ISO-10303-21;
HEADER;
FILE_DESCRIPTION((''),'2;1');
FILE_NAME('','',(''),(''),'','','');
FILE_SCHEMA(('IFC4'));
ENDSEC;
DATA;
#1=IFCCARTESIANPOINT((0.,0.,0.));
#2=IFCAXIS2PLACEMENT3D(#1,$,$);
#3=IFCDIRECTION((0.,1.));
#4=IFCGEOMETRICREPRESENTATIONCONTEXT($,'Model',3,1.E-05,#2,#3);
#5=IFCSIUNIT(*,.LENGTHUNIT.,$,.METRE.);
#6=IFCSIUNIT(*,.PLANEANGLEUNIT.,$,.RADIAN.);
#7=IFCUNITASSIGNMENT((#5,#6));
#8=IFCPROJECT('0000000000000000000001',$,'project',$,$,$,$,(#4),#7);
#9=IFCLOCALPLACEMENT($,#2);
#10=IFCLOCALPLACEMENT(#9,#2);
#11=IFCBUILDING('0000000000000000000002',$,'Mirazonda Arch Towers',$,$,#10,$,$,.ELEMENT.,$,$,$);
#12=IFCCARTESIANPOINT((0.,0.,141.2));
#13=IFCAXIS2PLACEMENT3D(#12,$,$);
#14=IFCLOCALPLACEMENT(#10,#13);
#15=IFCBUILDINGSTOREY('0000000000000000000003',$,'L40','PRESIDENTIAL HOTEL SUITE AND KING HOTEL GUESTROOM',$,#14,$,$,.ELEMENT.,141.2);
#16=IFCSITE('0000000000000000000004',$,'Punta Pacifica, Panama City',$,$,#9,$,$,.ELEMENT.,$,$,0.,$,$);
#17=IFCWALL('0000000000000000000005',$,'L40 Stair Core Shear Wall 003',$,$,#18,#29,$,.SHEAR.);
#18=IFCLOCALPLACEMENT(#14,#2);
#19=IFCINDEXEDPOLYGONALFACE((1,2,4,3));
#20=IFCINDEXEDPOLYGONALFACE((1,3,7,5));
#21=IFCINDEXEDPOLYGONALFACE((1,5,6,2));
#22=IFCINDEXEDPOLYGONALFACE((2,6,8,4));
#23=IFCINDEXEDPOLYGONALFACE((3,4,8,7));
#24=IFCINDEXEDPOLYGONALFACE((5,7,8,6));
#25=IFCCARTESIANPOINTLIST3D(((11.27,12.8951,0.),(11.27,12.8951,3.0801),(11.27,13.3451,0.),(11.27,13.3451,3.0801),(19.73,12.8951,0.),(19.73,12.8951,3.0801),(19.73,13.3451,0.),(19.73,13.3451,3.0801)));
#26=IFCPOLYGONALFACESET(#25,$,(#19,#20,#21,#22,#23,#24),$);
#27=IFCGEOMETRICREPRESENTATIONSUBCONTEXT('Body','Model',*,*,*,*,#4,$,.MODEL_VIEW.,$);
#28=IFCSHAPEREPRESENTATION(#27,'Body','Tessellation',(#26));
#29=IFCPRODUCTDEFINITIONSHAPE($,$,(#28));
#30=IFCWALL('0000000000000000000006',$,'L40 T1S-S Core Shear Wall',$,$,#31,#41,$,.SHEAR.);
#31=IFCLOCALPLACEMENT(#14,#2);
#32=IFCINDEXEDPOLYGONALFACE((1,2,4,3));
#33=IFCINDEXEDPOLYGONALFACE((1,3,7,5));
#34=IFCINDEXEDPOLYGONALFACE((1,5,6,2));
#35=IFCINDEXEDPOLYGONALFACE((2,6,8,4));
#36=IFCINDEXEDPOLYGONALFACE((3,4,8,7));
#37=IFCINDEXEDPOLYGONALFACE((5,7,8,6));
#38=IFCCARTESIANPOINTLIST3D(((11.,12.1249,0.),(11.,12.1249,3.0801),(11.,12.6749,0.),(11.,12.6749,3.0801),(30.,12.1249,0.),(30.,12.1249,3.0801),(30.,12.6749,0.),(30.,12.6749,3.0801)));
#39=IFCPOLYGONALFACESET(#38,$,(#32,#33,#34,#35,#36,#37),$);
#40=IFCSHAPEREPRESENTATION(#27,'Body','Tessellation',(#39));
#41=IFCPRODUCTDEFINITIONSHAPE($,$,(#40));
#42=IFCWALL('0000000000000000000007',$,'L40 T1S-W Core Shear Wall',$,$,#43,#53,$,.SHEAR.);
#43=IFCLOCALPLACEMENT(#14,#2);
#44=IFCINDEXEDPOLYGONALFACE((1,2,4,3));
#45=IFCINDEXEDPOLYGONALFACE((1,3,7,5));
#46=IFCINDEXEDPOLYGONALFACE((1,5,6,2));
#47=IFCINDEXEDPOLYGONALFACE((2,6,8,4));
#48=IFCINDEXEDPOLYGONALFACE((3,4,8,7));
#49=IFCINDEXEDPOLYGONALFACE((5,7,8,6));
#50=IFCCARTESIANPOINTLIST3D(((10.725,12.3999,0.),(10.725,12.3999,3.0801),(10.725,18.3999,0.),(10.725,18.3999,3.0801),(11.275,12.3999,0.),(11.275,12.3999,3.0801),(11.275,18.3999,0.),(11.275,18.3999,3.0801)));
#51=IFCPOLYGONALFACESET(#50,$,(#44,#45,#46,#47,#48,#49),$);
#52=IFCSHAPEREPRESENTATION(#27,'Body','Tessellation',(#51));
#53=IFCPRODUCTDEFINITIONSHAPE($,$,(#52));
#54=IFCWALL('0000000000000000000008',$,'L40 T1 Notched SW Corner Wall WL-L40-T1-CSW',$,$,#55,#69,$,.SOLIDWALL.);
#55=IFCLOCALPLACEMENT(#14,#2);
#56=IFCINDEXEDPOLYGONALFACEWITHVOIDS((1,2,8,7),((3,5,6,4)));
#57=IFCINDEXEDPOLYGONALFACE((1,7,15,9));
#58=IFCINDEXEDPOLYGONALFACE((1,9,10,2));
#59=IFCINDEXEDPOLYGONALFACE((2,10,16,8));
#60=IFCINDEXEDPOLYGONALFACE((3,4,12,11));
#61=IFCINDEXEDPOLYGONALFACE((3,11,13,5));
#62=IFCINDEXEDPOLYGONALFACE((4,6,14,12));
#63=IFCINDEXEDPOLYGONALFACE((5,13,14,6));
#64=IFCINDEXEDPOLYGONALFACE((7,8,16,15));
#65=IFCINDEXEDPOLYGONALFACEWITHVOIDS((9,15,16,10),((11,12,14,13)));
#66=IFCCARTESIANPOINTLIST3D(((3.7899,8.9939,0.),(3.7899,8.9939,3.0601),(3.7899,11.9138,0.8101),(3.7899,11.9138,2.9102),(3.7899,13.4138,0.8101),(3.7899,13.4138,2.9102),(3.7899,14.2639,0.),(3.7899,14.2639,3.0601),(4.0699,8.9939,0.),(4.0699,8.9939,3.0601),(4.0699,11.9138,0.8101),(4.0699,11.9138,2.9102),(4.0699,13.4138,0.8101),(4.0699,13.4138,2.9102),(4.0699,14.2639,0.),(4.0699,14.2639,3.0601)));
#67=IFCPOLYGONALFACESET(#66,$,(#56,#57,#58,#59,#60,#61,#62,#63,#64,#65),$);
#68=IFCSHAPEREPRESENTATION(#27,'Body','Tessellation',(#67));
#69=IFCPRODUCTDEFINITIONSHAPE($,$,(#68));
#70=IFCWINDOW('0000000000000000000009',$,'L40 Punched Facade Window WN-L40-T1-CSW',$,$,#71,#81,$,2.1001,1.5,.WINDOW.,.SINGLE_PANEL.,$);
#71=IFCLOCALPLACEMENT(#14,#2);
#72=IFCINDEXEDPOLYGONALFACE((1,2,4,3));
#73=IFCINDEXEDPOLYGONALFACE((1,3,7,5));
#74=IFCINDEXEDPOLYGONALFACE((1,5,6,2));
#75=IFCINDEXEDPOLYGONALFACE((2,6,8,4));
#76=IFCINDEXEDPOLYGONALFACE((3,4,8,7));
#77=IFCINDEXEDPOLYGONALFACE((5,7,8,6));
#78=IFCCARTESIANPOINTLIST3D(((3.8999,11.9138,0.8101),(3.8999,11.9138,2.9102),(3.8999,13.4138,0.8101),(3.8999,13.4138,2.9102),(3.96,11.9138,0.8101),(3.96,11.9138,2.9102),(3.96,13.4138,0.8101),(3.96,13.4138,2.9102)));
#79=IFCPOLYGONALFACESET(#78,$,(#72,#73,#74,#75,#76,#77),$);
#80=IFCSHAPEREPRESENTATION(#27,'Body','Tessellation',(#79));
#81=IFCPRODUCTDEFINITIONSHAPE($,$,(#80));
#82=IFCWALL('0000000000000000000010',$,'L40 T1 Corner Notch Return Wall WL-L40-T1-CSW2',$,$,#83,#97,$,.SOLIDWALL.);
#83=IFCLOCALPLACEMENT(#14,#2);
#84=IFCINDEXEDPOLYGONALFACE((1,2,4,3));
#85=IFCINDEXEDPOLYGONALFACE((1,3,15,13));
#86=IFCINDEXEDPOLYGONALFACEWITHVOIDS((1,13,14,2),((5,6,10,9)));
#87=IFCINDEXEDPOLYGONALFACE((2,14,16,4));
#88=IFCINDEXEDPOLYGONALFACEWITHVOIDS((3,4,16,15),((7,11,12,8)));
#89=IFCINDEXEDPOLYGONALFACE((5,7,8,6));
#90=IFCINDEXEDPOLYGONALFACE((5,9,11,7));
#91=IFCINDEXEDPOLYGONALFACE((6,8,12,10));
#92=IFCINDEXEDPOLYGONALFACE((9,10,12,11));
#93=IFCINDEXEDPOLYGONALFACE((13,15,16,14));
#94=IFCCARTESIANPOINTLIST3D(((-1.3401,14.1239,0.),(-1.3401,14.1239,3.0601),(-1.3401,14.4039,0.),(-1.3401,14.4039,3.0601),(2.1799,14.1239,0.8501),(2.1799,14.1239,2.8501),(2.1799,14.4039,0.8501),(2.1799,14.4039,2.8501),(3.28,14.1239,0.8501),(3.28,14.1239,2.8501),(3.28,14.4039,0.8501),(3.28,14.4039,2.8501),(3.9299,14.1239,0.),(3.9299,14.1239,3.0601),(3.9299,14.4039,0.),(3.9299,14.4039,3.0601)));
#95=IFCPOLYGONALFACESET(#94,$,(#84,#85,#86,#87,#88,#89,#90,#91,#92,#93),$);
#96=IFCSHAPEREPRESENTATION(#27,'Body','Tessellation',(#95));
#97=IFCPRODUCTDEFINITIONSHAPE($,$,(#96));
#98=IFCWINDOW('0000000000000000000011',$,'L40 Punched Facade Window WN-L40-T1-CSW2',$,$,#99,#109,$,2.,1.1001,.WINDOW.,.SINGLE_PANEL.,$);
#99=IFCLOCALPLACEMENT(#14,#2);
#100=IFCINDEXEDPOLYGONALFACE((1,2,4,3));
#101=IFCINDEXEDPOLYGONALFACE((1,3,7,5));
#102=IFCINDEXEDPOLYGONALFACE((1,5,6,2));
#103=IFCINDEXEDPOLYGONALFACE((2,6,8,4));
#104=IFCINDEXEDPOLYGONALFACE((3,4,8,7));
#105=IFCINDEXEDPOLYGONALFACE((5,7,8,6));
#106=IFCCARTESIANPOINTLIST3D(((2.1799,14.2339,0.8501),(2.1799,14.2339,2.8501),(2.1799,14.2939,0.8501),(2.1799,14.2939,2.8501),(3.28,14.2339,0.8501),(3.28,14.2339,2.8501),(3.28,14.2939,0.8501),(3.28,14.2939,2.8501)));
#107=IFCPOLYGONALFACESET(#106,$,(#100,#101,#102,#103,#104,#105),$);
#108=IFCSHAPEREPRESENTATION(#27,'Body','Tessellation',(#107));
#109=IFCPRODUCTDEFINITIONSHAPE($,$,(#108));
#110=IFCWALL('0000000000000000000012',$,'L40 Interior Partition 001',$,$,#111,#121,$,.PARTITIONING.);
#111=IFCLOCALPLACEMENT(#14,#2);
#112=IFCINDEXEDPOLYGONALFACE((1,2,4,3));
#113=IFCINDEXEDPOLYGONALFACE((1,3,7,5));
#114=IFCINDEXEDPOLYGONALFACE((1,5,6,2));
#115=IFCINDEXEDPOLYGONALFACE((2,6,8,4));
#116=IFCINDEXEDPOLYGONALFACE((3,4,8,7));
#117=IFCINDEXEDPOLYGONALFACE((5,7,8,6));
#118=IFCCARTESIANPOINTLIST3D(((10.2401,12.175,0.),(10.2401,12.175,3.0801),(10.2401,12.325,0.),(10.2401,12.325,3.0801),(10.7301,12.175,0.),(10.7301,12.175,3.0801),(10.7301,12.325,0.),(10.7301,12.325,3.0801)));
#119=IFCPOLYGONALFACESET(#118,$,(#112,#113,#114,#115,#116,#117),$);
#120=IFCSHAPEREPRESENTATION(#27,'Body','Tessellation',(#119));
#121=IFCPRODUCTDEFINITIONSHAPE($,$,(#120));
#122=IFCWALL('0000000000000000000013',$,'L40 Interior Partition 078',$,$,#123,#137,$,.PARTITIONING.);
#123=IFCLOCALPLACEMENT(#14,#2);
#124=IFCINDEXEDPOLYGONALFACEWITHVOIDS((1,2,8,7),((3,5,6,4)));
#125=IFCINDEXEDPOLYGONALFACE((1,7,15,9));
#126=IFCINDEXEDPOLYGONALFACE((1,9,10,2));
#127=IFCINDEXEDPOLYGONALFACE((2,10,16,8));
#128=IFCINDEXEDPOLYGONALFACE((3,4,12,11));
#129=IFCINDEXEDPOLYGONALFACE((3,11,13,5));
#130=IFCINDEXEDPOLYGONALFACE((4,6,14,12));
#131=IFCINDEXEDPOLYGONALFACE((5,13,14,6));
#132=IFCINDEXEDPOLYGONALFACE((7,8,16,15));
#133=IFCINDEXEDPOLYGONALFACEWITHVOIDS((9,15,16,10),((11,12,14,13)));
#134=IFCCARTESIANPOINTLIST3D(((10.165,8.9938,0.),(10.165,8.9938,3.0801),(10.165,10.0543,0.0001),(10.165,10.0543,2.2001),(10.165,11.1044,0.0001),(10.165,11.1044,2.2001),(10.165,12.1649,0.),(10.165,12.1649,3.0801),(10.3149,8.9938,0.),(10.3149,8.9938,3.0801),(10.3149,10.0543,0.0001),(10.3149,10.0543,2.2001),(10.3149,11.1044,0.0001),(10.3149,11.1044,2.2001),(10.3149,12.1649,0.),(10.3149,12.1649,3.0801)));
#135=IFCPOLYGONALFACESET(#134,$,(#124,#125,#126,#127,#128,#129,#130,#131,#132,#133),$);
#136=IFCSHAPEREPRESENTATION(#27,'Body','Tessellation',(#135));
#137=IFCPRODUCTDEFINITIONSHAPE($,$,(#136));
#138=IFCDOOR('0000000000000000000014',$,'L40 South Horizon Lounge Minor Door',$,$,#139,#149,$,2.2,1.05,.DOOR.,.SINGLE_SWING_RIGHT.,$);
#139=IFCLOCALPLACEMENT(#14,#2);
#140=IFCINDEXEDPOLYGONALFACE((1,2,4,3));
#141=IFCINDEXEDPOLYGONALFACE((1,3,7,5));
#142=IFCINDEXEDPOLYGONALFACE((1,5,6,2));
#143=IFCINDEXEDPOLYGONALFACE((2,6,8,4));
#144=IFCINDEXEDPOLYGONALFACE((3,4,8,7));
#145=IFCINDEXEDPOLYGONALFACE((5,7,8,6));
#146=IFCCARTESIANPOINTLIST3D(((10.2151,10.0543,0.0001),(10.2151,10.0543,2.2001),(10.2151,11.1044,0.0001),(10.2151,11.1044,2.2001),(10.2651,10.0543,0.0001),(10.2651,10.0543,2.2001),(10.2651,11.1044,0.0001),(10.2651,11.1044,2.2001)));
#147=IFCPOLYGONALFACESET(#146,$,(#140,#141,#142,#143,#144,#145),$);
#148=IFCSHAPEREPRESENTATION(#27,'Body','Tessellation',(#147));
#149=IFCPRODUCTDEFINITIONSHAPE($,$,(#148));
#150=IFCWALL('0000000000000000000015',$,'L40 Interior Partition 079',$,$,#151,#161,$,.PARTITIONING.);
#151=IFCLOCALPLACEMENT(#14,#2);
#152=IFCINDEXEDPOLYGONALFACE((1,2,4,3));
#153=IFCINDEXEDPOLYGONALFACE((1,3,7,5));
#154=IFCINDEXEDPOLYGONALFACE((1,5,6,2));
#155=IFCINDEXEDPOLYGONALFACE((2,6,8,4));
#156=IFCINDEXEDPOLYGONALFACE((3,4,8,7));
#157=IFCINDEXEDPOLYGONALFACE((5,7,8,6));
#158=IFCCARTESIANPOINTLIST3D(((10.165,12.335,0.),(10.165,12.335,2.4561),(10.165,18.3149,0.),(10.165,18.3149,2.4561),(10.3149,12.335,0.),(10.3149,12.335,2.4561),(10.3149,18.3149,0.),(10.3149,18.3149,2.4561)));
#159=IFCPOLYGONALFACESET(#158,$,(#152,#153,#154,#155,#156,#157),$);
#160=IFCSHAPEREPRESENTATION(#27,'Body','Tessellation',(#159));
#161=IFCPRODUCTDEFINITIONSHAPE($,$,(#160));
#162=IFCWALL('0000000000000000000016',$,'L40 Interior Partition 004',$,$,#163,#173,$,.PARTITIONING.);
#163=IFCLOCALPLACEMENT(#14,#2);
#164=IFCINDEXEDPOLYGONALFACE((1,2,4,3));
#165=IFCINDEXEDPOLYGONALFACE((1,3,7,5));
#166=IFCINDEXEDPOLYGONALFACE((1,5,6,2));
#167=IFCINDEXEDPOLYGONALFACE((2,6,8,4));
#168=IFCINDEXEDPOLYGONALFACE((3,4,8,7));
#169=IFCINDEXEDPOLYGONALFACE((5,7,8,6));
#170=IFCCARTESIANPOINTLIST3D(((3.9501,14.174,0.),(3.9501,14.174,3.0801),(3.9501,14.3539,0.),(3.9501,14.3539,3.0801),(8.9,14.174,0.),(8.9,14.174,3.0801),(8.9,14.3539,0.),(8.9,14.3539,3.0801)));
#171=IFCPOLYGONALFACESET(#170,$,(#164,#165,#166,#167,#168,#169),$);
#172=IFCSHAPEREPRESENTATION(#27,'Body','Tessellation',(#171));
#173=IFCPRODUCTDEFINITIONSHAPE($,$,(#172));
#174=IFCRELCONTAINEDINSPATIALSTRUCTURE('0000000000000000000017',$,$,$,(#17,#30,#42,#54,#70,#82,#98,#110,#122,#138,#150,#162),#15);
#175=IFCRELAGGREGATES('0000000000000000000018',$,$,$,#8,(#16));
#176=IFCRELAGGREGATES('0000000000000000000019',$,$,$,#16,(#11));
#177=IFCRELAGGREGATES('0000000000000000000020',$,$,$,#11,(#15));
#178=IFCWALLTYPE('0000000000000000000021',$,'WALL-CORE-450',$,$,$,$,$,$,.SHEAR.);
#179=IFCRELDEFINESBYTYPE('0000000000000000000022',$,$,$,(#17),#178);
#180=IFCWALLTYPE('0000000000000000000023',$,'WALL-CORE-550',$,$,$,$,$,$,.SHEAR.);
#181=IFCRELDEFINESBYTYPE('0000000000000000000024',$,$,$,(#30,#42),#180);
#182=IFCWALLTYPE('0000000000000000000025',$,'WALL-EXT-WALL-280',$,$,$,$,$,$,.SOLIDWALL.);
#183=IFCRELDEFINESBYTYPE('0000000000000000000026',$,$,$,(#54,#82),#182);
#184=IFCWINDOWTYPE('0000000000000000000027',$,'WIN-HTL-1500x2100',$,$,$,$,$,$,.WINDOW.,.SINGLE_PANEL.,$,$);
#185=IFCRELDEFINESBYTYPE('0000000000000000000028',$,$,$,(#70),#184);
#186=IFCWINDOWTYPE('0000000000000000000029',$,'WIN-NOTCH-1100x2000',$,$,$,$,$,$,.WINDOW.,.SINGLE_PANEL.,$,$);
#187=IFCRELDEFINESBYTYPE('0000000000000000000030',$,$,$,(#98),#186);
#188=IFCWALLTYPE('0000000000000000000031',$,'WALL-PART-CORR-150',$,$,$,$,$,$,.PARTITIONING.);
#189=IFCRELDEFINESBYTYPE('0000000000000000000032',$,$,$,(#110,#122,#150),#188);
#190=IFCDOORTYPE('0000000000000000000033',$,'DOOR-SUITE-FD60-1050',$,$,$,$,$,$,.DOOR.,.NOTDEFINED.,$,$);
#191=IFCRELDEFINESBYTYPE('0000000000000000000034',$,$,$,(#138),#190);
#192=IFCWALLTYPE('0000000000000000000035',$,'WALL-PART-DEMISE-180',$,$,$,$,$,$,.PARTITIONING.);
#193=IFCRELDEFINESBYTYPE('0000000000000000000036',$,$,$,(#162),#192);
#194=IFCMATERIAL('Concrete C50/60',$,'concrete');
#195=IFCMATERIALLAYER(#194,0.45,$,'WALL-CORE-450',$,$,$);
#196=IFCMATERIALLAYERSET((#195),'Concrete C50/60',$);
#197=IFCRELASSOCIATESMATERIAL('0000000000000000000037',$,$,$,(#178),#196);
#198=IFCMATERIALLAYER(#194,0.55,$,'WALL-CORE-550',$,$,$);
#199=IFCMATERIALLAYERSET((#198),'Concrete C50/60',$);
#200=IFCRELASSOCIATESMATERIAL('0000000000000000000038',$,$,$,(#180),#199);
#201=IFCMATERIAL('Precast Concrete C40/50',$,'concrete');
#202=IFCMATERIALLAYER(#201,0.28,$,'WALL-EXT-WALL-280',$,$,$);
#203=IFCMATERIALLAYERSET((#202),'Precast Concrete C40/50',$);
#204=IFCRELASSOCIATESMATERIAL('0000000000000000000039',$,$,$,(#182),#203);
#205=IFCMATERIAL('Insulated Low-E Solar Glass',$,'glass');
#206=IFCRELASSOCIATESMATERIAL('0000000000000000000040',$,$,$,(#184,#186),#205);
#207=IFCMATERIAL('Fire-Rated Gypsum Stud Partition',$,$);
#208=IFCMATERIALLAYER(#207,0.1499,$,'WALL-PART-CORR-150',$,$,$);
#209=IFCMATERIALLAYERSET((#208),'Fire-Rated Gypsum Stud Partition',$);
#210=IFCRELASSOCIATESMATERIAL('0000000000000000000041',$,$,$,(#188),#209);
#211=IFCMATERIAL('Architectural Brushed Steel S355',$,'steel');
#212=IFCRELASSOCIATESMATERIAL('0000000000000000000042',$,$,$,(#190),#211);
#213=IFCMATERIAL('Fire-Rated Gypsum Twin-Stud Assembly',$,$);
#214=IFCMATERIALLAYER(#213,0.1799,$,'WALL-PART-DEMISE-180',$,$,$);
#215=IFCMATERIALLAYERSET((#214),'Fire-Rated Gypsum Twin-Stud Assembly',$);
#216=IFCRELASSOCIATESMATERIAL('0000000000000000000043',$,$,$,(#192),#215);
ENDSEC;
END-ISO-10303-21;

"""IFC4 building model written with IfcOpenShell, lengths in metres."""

from ifc_helpers import new_model, si_unit, direction, frame, frame_2d, origin, place, context, subcontext, project, spatial, rectangle, extrude, material, layer, layer_set, type_object, element, fill, save


model = new_model("IFC4")

# Units and contexts
model_context = context("Model", 3, precision=1e-05, world=origin(), true_north=direction((0.0, 1.0)))
body_context = subcontext(model_context, "Body", "Model", "MODEL_VIEW")
ifc_project = project(units=[si_unit("LENGTHUNIT", "METRE"), si_unit("PLANEANGLEUNIT", "RADIAN")], contexts=[model_context])

# Site, building, storey
site_placement = place(None, origin())
site = spatial("IfcSite", under=ifc_project, at=site_placement, Name="Punta Pacifica, Panama City", CompositionType="ELEMENT", RefElevation=0.0)
building_placement = place(site_placement, origin())
building = spatial("IfcBuilding", under=site, at=building_placement, Name="Mirazonda Arch Towers", CompositionType="ELEMENT")
storey_placement = place(building_placement, frame((0.0, 0.0, 141.2)))
storey = spatial("IfcBuildingStorey", under=building, at=storey_placement, Name="L40", Description="PRESIDENTIAL HOTEL SUITE AND KING HOTEL GUESTROOM", CompositionType="ELEMENT", Elevation=141.2)

# Shared definitions
ifc_material_1 = material(Name="Concrete C50/60", Category="concrete")

# Shared definitions
ifc_material_2 = material(Name="Insulated Low-E Solar Glass", Category="glass")

# Walls
ifc_layer_1 = layer(ifc_material_1, 0.45, Name="WALL-CORE-450")
ifc_layer_set_1 = layer_set([ifc_layer_1], Name="Concrete C50/60")
wall_type_1 = type_object("IfcWallType", Name="WALL-CORE-450", PredefinedType="SHEAR", material=ifc_layer_set_1)
wall_1_placement = place(storey_placement, frame((11.27, 13.1201, 0.0), z_axis=(0.0, 0.0, 1.0), x_axis=(1.0, 0.0, 0.0)))
element("IfcWall", 1, at=wall_1_placement, inside=storey, type_object=wall_type_1, Name="L40 Stair Core Shear Wall 003", PredefinedType="SHEAR", context=body_context, shape_type="SweptSolid", body=[
    extrude(rectangle(XDim=8.46, YDim=0.45, at=frame_2d((4.23, 0.0))), origin(), (0.0, 0.0, 1.0), 3.0801),
])
ifc_layer_2 = layer(ifc_material_1, 0.55, Name="WALL-CORE-550")
ifc_layer_set_2 = layer_set([ifc_layer_2], Name="Concrete C50/60")
wall_type_2 = type_object("IfcWallType", Name="WALL-CORE-550", PredefinedType="SHEAR", material=ifc_layer_set_2)
wall_2_placement = place(storey_placement, frame((11.0, 12.3999, 0.0), z_axis=(0.0, 0.0, 1.0), x_axis=(1.0, 0.0, 0.0)))
element("IfcWall", 2, at=wall_2_placement, inside=storey, type_object=wall_type_2, Name="L40 T1S-S Core Shear Wall", PredefinedType="SHEAR", context=body_context, shape_type="SweptSolid", body=[
    extrude(rectangle(XDim=19.0, YDim=0.55, at=frame_2d((9.5, 0.0))), origin(), (0.0, 0.0, 1.0), 3.0801),
])
wall_3_placement = place(storey_placement, frame((11.0, 12.3999, 0.0), z_axis=(0.0, 0.0, 1.0), x_axis=(0.0, 1.0, 0.0)))
element("IfcWall", 3, at=wall_3_placement, inside=storey, type_object=wall_type_2, Name="L40 T1S-W Core Shear Wall", PredefinedType="SHEAR", context=body_context, shape_type="SweptSolid", body=[
    extrude(rectangle(XDim=6.0, YDim=0.55, at=frame_2d((3.0, 0.0))), origin(), (0.0, 0.0, 1.0), 3.0801),
])

# Walls, openings, windows
ifc_material_3 = material(Name="Precast Concrete C40/50", Category="concrete")
ifc_layer_3 = layer(ifc_material_3, 0.28, Name="WALL-EXT-WALL-280")
ifc_layer_set_3 = layer_set([ifc_layer_3], Name="Precast Concrete C40/50")
wall_type_3 = type_object("IfcWallType", Name="WALL-EXT-WALL-280", PredefinedType="SOLIDWALL", material=ifc_layer_set_3)
wall_4_placement = place(storey_placement, frame((3.9299, 14.2639, 0.0), z_axis=(0.0, 0.0, 1.0), x_axis=(0.0, -1.0, 0.0)))
wall_4 = element("IfcWall", 4, at=wall_4_placement, inside=storey, type_object=wall_type_3, Name="L40 T1 Notched SW Corner Wall WL-L40-T1-CSW", PredefinedType="SOLIDWALL", context=body_context, shape_type="SweptSolid", body=[
    extrude(rectangle(XDim=5.27, YDim=0.28, at=frame_2d((2.635, 0.0))), origin(), (0.0, 0.0, 1.0), 3.0601),
])
opening_1_placement = place(wall_4_placement, frame((0.8501, 0.0, 0.8101)))
opening_1 = element("IfcOpeningElement", 5, at=opening_1_placement, cuts=wall_4, PredefinedType="OPENING", context=body_context, shape_type="SweptSolid", body=[
    extrude(rectangle(XDim=1.5, YDim=2.1001, at=frame_2d((0.75, 1.05))), frame((0.0, 0.1499, 0.0), z_axis=(0.0, -1.0, 0.0), x_axis=(1.0, 0.0, 0.0)), (0.0, 0.0, 1.0), 0.3),
])
window_type_1 = type_object("IfcWindowType", Name="WIN-HTL-1500x2100", PartitioningType="SINGLE_PANEL", PredefinedType="WINDOW", material=ifc_material_2)
window_1_placement = place(opening_1_placement, origin())
window_1 = element("IfcWindow", 6, at=window_1_placement, inside=storey, type_object=window_type_1, Name="L40 Punched Facade Window WN-L40-T1-CSW", OverallHeight=2.1001, OverallWidth=1.5, PartitioningType="SINGLE_PANEL", PredefinedType="WINDOW", context=body_context, shape_type="SweptSolid", body=[
    extrude(rectangle(XDim=1.5, YDim=2.1001, at=frame_2d((0.75, 1.05))), frame((0.0, 0.03, 0.0), z_axis=(0.0, -1.0, 0.0), x_axis=(1.0, 0.0, 0.0)), (0.0, 0.0, 1.0), 0.0601),
])
fill(opening_1, window_1)
wall_5_placement = place(storey_placement, frame((-1.3401, 14.2639, 0.0), z_axis=(0.0, 0.0, 1.0), x_axis=(1.0, 0.0, 0.0)))
wall_5 = element("IfcWall", 7, at=wall_5_placement, inside=storey, type_object=wall_type_3, Name="L40 T1 Corner Notch Return Wall WL-L40-T1-CSW2", PredefinedType="SOLIDWALL", context=body_context, shape_type="SweptSolid", body=[
    extrude(rectangle(XDim=5.27, YDim=0.28, at=frame_2d((2.635, 0.0))), origin(), (0.0, 0.0, 1.0), 3.0601),
])
opening_2_placement = place(wall_5_placement, frame((3.52, 0.0, 0.8501)))
opening_2 = element("IfcOpeningElement", 8, at=opening_2_placement, cuts=wall_5, PredefinedType="OPENING", context=body_context, shape_type="SweptSolid", body=[
    extrude(rectangle(XDim=1.1001, YDim=2.0, at=frame_2d((0.55, 1.0))), frame((0.0, 0.1499, 0.0), z_axis=(0.0, -1.0, 0.0), x_axis=(1.0, 0.0, 0.0)), (0.0, 0.0, 1.0), 0.3),
])
window_type_2 = type_object("IfcWindowType", Name="WIN-NOTCH-1100x2000", PartitioningType="SINGLE_PANEL", PredefinedType="WINDOW", material=ifc_material_2)
window_2_placement = place(opening_2_placement, origin())
window_2 = element("IfcWindow", 9, at=window_2_placement, inside=storey, type_object=window_type_2, Name="L40 Punched Facade Window WN-L40-T1-CSW2", OverallHeight=2.0, OverallWidth=1.1001, PartitioningType="SINGLE_PANEL", PredefinedType="WINDOW", context=body_context, shape_type="SweptSolid", body=[
    extrude(rectangle(XDim=1.1001, YDim=2.0, at=frame_2d((0.55, 1.0))), frame((0.0, 0.03, 0.0), z_axis=(0.0, -1.0, 0.0), x_axis=(1.0, 0.0, 0.0)), (0.0, 0.0, 1.0), 0.0601),
])
fill(opening_2, window_2)

# Wall
ifc_material_4 = material(Name="Fire-Rated Gypsum Stud Partition")
ifc_layer_4 = layer(ifc_material_4, 0.1499, Name="WALL-PART-CORR-150")
ifc_layer_set_4 = layer_set([ifc_layer_4], Name="Fire-Rated Gypsum Stud Partition")
wall_type_4 = type_object("IfcWallType", Name="WALL-PART-CORR-150", PredefinedType="PARTITIONING", material=ifc_layer_set_4)
wall_6_placement = place(storey_placement, frame((10.24, 12.25, 0.0), z_axis=(0.0, 0.0, 1.0), x_axis=(1.0, 0.0, 0.0)))
element("IfcWall", 10, at=wall_6_placement, inside=storey, type_object=wall_type_4, Name="L40 Interior Partition 001", PredefinedType="PARTITIONING", context=body_context, shape_type="SweptSolid", body=[
    extrude(rectangle(XDim=0.49, YDim=0.1499, at=frame_2d((0.2451, 0.0))), origin(), (0.0, 0.0, 1.0), 3.0801),
])

# Wall, opening, door
wall_7_placement = place(storey_placement, frame((10.24, 8.9939, 0.0), z_axis=(0.0, 0.0, 1.0), x_axis=(0.0, 1.0, 0.0)))
wall_7 = element("IfcWall", 11, at=wall_7_placement, inside=storey, type_object=wall_type_4, Name="L40 Interior Partition 078", PredefinedType="PARTITIONING", context=body_context, shape_type="SweptSolid", body=[
    extrude(rectangle(XDim=3.1711, YDim=0.1499, at=frame_2d((1.5854, 0.0))), origin(), (0.0, 0.0, 1.0), 3.0801),
])
opening_3_placement = place(wall_7_placement, frame((1.0605, 0.0, 0.0)))
opening_3 = element("IfcOpeningElement", 12, at=opening_3_placement, cuts=wall_7, PredefinedType="OPENING", context=body_context, shape_type="SweptSolid", body=[
    extrude(rectangle(XDim=1.05, YDim=2.2, at=frame_2d((0.5249, 1.1001))), frame((0.0, 0.085, 0.0), z_axis=(0.0, -1.0, 0.0), x_axis=(1.0, 0.0, 0.0)), (0.0, 0.0, 1.0), 0.1699),
])
ifc_material_5 = material(Name="Architectural Brushed Steel S355", Category="steel")
door_type_1 = type_object("IfcDoorType", Name="DOOR-SUITE-FD60-1050", OperationType="NOTDEFINED", PredefinedType="DOOR", material=ifc_material_5)
door_1_placement = place(opening_3_placement, origin())
door_1 = element("IfcDoor", 13, at=door_1_placement, inside=storey, type_object=door_type_1, Name="L40 South Horizon Lounge Minor Door", OperationType="SINGLE_SWING_RIGHT", OverallHeight=2.2, OverallWidth=1.05, PredefinedType="DOOR", context=body_context, shape_type="SweptSolid", body=[
    extrude(rectangle(XDim=1.05, YDim=2.2, at=frame_2d((0.5249, 1.1001))), frame((0.0, 0.0249, 0.0), z_axis=(0.0, -1.0, 0.0), x_axis=(1.0, 0.0, 0.0)), (0.0, 0.0, 1.0), 0.05),
])
fill(opening_3, door_1)

# Walls
wall_8_placement = place(storey_placement, frame((10.24, 12.335, 0.0), z_axis=(0.0, 0.0, 1.0), x_axis=(0.0, 1.0, 0.0)))
element("IfcWall", 14, at=wall_8_placement, inside=storey, type_object=wall_type_4, Name="L40 Interior Partition 079", PredefinedType="PARTITIONING", context=body_context, shape_type="SweptSolid", body=[
    extrude(rectangle(XDim=5.98, YDim=0.1499, at=frame_2d((2.99, 0.0))), origin(), (0.0, 0.0, 1.0), 2.4561),
])
ifc_material_6 = material(Name="Fire-Rated Gypsum Twin-Stud Assembly")
ifc_layer_5 = layer(ifc_material_6, 0.1799, Name="WALL-PART-DEMISE-180")
ifc_layer_set_5 = layer_set([ifc_layer_5], Name="Fire-Rated Gypsum Twin-Stud Assembly")
wall_type_5 = type_object("IfcWallType", Name="WALL-PART-DEMISE-180", PredefinedType="PARTITIONING", material=ifc_layer_set_5)
wall_9_placement = place(storey_placement, frame((3.95, 14.2639, 0.0), z_axis=(0.0, 0.0, 1.0), x_axis=(1.0, 0.0, 0.0)))
element("IfcWall", 15, at=wall_9_placement, inside=storey, type_object=wall_type_5, Name="L40 Interior Partition 004", PredefinedType="PARTITIONING", context=body_context, shape_type="SweptSolid", body=[
    extrude(rectangle(XDim=4.95, YDim=0.1799, at=frame_2d((2.4751, 0.0))), origin(), (0.0, 0.0, 1.0), 3.0801),
])

save(model, "model.ifc")
